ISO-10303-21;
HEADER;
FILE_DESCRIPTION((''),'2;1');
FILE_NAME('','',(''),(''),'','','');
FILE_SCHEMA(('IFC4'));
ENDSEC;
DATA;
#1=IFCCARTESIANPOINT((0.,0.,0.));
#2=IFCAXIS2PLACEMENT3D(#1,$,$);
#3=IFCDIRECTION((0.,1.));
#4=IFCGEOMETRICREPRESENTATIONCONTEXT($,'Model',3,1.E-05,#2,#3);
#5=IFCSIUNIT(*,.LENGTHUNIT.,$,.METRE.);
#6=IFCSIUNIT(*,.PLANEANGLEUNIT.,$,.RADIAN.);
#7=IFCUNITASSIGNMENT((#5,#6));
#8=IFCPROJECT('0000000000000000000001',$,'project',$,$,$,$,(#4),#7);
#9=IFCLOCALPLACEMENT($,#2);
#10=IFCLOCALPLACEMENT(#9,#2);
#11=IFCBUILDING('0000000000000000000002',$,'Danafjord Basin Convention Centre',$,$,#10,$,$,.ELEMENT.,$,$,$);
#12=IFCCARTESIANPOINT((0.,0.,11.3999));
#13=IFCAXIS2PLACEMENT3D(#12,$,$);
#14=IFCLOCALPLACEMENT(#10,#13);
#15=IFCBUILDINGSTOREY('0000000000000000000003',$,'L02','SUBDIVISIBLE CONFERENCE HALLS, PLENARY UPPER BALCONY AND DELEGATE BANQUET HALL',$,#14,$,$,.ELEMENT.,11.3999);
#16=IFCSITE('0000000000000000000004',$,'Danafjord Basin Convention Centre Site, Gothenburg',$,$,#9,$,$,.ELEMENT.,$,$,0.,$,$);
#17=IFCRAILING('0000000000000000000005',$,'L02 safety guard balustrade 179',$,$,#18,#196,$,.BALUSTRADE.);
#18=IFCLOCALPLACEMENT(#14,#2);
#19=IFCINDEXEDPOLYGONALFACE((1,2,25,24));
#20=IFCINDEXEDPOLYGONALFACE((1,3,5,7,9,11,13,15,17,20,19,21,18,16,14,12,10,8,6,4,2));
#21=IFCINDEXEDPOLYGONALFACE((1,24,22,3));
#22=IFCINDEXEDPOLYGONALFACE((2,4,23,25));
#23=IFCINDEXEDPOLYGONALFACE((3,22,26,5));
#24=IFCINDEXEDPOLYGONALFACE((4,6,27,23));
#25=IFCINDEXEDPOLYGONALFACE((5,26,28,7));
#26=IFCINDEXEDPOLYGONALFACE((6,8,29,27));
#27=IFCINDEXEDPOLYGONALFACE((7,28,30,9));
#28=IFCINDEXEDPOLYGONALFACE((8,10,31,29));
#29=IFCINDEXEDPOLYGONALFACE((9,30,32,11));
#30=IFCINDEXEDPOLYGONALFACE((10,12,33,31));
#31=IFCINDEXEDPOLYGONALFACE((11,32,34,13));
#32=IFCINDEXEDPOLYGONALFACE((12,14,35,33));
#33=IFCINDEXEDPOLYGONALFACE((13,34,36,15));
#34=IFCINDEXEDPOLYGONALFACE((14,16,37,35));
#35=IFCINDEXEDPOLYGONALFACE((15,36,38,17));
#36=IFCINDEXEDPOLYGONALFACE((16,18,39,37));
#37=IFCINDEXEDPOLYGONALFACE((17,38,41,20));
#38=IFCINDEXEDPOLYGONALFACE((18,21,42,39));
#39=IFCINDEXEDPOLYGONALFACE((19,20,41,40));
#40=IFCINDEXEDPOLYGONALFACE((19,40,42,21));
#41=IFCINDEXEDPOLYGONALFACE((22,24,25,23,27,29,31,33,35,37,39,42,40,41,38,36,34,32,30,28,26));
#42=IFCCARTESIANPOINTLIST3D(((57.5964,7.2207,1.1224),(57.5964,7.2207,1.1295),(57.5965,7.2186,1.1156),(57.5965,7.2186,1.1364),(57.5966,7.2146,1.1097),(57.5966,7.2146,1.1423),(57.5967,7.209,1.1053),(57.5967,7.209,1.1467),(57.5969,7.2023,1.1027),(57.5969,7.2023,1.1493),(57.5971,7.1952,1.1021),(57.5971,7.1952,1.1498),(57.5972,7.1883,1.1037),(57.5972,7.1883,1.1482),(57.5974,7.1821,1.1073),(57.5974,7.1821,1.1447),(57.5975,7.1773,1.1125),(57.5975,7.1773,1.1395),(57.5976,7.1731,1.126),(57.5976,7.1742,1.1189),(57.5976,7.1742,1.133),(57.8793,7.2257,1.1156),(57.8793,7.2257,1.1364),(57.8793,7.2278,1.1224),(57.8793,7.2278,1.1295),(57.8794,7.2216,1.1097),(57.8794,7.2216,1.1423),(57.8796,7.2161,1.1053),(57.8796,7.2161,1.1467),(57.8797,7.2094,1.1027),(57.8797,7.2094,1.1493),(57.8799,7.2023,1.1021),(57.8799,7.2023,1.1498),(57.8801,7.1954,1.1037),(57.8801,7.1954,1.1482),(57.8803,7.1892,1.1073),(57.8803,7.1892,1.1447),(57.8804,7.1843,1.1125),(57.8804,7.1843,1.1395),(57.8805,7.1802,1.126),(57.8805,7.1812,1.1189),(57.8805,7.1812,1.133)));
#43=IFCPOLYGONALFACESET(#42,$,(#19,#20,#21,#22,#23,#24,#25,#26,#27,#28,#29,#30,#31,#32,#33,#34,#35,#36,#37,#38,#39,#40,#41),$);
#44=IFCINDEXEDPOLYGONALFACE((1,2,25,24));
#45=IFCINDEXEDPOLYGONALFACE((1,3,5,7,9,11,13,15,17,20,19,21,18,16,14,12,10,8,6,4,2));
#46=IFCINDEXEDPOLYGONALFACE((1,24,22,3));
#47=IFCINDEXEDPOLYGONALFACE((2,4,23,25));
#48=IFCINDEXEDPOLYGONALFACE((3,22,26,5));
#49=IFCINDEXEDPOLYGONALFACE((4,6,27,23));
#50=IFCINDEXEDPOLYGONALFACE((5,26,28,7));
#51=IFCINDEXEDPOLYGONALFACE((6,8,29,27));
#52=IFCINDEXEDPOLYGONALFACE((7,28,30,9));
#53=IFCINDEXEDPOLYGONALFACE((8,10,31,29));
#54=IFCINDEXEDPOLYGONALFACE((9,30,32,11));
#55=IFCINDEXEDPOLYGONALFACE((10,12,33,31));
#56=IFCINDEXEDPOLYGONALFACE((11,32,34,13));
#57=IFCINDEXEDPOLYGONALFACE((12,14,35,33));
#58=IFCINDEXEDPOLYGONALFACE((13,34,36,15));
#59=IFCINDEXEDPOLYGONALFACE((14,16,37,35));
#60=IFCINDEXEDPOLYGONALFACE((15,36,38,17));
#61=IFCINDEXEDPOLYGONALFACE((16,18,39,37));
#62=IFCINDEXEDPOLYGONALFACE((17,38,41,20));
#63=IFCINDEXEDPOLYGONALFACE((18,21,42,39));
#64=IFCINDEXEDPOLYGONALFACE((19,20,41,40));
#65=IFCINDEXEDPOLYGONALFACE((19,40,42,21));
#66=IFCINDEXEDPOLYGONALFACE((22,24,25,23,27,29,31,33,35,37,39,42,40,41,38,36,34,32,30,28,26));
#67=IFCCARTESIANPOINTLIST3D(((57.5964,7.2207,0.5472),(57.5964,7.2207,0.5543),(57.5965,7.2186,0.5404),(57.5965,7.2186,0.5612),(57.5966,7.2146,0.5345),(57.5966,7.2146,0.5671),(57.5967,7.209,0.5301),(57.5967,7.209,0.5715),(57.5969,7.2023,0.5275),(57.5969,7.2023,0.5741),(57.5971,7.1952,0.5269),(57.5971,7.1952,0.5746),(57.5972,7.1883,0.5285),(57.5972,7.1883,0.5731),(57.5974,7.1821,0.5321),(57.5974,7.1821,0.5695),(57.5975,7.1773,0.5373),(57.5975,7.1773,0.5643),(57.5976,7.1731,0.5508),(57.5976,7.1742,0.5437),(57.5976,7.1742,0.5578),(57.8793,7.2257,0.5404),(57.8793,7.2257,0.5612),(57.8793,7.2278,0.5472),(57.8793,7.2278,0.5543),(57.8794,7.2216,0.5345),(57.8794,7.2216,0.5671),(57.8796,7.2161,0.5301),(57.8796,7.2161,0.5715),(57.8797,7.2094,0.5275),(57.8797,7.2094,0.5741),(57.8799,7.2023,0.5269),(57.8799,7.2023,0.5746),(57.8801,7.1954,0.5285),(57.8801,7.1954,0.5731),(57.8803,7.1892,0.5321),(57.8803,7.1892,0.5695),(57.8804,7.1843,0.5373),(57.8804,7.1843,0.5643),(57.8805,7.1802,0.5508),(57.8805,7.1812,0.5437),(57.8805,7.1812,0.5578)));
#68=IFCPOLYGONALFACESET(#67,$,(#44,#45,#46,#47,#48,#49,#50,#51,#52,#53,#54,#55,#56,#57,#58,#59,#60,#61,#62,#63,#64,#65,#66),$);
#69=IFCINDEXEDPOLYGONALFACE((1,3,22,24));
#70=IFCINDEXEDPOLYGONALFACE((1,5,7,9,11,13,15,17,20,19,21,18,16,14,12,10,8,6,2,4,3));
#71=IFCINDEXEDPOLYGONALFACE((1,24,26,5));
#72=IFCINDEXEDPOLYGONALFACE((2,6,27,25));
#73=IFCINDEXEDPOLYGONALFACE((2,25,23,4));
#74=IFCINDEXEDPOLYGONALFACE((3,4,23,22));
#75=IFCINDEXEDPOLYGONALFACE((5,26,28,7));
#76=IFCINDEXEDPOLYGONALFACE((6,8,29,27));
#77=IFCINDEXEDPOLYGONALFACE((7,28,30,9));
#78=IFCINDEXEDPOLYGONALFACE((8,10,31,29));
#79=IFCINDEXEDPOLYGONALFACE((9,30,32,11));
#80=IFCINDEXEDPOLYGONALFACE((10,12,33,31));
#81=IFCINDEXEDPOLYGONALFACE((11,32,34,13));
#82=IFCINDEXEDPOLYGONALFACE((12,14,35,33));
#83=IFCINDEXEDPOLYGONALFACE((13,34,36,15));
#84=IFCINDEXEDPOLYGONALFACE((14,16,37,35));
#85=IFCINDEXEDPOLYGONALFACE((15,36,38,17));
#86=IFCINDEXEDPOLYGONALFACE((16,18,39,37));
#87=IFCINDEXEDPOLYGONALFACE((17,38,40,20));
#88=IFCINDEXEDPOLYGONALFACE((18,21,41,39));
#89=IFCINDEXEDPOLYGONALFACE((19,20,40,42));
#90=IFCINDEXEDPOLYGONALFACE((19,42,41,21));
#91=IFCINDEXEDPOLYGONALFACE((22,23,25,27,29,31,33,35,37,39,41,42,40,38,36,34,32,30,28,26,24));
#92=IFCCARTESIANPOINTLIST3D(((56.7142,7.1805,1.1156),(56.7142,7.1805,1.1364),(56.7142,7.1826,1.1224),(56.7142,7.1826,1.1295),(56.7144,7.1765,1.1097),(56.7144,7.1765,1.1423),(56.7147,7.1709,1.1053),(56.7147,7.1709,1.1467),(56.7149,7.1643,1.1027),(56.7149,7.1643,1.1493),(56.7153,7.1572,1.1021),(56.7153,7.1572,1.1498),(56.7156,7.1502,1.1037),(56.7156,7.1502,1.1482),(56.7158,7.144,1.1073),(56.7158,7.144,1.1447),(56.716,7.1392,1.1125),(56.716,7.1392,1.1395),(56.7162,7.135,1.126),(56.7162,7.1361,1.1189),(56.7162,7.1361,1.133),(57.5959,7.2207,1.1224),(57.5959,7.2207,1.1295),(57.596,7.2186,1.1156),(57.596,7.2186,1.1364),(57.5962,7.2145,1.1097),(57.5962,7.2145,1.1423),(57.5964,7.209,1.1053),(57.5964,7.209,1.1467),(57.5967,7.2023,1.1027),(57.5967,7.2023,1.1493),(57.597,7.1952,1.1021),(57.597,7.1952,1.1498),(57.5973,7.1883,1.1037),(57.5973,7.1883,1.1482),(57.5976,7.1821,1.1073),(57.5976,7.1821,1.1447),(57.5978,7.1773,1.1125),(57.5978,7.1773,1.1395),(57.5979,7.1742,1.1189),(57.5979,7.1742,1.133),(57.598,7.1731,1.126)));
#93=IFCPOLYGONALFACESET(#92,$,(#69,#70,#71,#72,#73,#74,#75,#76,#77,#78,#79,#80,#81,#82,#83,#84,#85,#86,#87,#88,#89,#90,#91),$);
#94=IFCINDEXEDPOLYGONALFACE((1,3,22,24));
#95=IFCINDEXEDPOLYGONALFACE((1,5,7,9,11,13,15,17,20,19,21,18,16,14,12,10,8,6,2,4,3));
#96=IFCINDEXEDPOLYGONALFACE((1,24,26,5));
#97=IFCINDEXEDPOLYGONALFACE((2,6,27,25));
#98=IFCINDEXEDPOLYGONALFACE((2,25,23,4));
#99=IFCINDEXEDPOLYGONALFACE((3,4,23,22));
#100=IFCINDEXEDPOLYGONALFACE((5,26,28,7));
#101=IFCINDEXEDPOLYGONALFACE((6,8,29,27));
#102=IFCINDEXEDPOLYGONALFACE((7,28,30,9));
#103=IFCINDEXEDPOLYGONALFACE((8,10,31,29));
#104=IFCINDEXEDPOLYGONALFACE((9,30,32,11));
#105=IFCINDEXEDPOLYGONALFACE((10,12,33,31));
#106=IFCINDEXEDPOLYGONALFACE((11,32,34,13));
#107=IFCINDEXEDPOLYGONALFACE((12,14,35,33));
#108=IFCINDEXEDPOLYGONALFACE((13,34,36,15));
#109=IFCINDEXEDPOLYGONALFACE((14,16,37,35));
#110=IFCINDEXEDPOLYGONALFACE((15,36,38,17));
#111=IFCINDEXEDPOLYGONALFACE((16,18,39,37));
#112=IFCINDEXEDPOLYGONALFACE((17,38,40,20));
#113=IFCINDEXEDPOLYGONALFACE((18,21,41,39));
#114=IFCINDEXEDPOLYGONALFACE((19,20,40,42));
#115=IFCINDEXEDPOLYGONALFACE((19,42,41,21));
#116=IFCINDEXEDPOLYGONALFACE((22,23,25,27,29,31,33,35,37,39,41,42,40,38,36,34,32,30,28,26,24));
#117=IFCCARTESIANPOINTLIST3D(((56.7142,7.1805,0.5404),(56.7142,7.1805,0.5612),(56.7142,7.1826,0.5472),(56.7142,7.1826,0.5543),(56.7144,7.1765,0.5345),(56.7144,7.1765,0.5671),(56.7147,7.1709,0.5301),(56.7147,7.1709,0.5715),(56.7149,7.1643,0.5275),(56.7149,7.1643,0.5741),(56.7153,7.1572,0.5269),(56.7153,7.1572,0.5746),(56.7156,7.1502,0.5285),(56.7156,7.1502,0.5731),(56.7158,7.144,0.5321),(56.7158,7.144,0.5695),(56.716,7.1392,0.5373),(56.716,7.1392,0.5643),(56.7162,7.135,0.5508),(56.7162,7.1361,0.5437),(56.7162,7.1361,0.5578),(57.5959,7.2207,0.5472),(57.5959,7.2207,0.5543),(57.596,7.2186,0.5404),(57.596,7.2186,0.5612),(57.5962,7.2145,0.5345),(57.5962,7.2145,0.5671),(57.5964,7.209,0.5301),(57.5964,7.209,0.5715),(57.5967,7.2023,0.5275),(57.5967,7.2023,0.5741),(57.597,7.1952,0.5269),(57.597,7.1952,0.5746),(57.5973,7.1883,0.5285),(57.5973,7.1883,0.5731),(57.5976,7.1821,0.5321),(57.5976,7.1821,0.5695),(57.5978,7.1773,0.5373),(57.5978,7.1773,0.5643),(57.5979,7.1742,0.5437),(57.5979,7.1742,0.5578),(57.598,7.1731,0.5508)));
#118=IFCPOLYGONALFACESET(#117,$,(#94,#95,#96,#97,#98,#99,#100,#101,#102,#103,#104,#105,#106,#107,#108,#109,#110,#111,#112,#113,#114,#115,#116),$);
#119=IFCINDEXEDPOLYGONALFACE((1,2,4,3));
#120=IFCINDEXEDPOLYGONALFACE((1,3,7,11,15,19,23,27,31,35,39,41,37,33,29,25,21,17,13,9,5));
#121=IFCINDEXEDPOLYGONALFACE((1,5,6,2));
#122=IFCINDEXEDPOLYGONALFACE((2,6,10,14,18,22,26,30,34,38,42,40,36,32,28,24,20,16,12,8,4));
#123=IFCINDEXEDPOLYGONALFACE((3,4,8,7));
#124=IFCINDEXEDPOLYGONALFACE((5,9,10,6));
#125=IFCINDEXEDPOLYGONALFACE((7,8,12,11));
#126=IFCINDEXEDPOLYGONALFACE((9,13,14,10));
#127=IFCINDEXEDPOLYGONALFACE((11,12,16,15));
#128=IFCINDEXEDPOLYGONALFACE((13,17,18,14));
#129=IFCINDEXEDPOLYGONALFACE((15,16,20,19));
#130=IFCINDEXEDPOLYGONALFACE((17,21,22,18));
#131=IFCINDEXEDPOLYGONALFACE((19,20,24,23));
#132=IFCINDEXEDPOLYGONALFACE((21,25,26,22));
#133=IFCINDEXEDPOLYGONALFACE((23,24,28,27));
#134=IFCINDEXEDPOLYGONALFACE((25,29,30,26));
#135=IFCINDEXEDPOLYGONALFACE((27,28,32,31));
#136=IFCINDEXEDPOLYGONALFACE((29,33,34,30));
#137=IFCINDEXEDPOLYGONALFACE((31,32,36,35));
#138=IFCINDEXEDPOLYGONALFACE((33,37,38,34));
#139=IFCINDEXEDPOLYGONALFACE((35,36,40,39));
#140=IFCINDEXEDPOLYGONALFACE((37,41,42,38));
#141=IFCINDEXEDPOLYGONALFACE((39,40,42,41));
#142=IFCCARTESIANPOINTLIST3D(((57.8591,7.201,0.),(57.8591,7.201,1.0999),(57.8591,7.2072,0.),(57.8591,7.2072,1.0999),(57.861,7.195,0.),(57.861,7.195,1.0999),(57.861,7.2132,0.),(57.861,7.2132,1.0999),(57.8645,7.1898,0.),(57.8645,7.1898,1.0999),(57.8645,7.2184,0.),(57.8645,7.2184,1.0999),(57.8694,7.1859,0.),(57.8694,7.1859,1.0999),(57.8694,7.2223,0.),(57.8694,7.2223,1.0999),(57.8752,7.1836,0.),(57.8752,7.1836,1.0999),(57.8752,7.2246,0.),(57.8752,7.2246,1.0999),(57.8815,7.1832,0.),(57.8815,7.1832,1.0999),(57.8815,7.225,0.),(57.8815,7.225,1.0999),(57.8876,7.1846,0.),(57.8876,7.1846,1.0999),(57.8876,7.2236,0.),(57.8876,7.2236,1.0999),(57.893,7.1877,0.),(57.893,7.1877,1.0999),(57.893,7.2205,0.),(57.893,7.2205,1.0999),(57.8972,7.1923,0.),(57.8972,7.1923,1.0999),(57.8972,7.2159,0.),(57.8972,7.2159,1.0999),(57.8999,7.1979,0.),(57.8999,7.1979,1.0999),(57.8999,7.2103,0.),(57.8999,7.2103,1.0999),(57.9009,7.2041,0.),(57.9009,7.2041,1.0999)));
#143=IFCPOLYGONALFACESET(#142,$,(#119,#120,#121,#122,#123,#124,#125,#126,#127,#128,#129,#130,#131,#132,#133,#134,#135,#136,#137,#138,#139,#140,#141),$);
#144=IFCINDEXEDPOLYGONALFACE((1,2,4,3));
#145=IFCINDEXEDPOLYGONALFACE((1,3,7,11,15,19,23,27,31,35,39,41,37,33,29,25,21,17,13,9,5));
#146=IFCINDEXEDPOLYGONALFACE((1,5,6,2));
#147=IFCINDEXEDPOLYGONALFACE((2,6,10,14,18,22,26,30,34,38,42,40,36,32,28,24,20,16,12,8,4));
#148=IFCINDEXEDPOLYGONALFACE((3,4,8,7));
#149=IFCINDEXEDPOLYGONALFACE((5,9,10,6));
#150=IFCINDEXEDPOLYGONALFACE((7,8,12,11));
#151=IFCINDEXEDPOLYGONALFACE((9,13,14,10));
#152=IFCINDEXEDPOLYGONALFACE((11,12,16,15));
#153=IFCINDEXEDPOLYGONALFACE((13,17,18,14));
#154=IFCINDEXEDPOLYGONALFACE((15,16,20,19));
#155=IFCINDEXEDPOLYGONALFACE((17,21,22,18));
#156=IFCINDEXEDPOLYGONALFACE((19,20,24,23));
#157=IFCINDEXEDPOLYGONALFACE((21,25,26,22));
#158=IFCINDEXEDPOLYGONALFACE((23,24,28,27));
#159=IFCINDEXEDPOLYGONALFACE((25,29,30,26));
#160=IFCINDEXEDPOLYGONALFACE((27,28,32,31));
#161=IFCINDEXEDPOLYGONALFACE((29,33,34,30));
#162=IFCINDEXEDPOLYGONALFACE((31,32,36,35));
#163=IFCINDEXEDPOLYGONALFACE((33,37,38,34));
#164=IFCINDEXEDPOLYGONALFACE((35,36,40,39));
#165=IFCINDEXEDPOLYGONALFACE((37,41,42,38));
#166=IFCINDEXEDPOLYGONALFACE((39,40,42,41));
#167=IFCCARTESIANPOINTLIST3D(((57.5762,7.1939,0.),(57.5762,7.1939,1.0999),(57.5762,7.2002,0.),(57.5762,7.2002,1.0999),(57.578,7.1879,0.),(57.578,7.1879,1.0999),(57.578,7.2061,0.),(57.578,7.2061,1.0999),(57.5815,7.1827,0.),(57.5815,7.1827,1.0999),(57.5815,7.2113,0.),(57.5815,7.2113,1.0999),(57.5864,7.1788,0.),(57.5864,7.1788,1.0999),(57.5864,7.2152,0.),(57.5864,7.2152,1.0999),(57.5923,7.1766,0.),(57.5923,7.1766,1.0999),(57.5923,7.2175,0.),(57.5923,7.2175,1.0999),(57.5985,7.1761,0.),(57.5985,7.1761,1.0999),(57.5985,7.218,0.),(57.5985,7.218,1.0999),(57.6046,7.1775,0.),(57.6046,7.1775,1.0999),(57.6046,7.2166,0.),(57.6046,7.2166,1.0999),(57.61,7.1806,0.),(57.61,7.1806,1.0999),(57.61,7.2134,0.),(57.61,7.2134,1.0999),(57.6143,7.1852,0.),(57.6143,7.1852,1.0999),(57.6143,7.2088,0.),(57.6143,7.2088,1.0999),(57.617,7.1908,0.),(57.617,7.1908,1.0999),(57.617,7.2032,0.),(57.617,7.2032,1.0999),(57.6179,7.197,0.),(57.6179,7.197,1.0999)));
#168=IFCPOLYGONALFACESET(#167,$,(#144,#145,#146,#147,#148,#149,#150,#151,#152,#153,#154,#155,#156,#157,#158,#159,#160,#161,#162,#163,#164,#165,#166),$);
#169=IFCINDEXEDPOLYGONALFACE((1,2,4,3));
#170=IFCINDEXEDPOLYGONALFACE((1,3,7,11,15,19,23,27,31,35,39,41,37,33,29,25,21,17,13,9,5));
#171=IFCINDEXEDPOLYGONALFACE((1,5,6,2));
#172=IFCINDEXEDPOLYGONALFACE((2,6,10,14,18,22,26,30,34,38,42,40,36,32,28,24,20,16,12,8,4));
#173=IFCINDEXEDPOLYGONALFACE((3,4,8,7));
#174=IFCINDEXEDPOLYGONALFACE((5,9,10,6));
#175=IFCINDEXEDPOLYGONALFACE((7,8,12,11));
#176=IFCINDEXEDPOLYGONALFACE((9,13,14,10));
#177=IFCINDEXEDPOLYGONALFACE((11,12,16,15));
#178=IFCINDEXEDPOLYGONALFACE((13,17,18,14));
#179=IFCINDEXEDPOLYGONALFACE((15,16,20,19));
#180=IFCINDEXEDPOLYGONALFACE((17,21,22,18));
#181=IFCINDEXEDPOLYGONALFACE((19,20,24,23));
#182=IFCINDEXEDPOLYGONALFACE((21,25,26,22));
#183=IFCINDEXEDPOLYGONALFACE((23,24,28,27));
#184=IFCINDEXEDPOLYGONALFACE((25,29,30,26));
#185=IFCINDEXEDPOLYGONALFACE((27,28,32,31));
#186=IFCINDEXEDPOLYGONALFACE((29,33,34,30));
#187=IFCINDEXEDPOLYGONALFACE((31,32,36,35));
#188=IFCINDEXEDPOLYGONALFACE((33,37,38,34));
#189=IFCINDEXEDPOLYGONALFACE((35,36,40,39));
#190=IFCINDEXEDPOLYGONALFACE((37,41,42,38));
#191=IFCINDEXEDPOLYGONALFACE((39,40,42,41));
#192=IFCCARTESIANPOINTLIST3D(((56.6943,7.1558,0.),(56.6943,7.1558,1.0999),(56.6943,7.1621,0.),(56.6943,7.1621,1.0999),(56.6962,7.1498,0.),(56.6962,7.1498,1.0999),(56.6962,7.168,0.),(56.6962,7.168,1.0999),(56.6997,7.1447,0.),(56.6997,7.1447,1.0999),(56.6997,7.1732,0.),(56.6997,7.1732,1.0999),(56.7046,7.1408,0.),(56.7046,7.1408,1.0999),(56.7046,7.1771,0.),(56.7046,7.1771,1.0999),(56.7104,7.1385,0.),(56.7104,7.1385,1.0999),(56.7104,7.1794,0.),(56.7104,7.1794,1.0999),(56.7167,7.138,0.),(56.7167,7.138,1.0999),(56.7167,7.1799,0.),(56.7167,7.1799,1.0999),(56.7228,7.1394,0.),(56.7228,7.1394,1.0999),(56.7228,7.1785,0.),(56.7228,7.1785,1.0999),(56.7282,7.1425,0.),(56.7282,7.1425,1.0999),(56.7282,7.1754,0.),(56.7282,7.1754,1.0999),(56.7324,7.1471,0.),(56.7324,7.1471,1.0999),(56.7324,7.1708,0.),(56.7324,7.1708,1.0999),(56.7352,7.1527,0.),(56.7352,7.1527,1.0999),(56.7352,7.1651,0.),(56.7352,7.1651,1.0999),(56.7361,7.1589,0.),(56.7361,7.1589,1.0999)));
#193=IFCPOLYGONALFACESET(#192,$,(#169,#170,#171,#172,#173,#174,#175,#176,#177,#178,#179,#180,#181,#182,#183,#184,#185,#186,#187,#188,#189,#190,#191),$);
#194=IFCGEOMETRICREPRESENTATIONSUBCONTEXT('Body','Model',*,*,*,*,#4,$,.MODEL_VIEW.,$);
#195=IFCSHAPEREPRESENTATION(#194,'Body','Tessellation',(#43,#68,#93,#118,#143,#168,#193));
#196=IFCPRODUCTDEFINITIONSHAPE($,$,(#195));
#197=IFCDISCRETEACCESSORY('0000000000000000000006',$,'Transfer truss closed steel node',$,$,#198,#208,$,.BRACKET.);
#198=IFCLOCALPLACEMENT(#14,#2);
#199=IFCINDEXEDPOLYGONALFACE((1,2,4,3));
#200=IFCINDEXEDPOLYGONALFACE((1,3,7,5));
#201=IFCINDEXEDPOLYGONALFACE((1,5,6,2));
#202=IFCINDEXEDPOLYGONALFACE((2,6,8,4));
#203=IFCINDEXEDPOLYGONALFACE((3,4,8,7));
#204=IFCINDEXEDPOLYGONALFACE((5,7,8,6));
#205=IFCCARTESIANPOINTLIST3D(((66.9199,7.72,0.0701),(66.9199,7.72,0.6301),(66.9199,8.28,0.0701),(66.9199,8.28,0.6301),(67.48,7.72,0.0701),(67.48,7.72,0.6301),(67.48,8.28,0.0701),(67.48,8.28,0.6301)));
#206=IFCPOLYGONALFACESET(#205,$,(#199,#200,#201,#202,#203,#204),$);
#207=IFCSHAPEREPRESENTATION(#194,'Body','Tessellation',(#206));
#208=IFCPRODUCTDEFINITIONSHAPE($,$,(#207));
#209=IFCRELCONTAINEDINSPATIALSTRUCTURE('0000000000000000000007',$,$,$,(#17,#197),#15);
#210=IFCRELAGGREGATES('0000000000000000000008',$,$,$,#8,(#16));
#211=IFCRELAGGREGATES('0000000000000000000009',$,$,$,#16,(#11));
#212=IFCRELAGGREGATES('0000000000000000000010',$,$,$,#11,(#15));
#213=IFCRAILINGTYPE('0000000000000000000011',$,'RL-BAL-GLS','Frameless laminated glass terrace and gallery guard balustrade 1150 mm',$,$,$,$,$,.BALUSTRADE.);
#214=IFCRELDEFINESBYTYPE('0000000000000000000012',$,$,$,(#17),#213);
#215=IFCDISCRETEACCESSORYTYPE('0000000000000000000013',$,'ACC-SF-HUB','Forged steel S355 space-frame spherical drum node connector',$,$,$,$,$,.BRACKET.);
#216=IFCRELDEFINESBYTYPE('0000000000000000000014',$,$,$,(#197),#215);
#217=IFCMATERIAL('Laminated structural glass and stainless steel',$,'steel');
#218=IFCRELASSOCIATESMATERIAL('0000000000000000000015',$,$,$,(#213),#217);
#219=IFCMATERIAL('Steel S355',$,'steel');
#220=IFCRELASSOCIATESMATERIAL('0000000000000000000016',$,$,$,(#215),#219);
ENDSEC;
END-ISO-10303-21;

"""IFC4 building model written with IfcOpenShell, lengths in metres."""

from ifc_helpers import new_model, si_unit, direction, frame, origin, origin_2d, place, context, subcontext, project, spatial, rectangle, circle, extrude, material, type_object, element, save


model = new_model("IFC4")

# Units and contexts
model_context = context("Model", 3, precision=1e-05, world=origin(), true_north=direction((0.0, 1.0)))
body_context = subcontext(model_context, "Body", "Model", "MODEL_VIEW")
ifc_project = project(units=[si_unit("LENGTHUNIT", "METRE"), si_unit("PLANEANGLEUNIT", "RADIAN")], contexts=[model_context])

# Site, building, storey
site_placement = place(None, origin())
site = spatial("IfcSite", under=ifc_project, at=site_placement, Name="Danafjord Basin Convention Centre Site, Gothenburg", CompositionType="ELEMENT", RefElevation=0.0)
building_placement = place(site_placement, origin())
building = spatial("IfcBuilding", under=site, at=building_placement, Name="Danafjord Basin Convention Centre", CompositionType="ELEMENT")
storey_placement = place(building_placement, frame((0.0, 0.0, 11.3999)))
storey = spatial("IfcBuildingStorey", under=building, at=storey_placement, Name="L02", Description="SUBDIVISIBLE CONFERENCE HALLS, PLENARY UPPER BALCONY AND DELEGATE BANQUET HALL", CompositionType="ELEMENT", Elevation=11.3999)

# Shared definitions
ifc_material_1 = material(Name="Steel S355", Category="steel")

# Railing
ifc_material_2 = material(Name="Laminated structural glass and stainless steel", Category="steel")
railing_type = type_object("IfcRailingType", Name="RL-BAL-GLS", Description="Frameless laminated glass terrace and gallery guard balustrade 1150 mm", PredefinedType="BALUSTRADE", material=ifc_material_2)
railing_placement = place(storey_placement, frame((57.8799, 7.2041, 0.0)))
element("IfcRailing", 1, at=railing_placement, inside=storey, type_object=railing_type, Name="L02 safety guard balustrade 179", PredefinedType="BALUSTRADE", context=body_context, shape_type="SweptSolid", body=[
    extrude(circle(Radius=0.0239, at=origin_2d()), frame((0.0, 0.0, 1.126), z_axis=(-0.999687, -0.025014, 0.0), x_axis=(0.025014, -0.999687, 0.0)), (0.0, 0.0, 1.0), 0.283),
    extrude(circle(Radius=0.0239, at=origin_2d()), frame((0.0, 0.0, 0.5508), z_axis=(-0.999687, -0.025014, 0.0), x_axis=(0.025014, -0.999687, 0.0)), (0.0, 0.0, 1.0), 0.283),
    extrude(circle(Radius=0.0239, at=origin_2d()), frame((-0.283, -0.0071, 1.126), z_axis=(-0.999069, -0.043149, 0.0), x_axis=(0.043149, -0.999069, 0.0)), (0.0, 0.0, 1.0), 0.8826),
    extrude(circle(Radius=0.0239, at=origin_2d()), frame((-0.283, -0.0071, 0.5508), z_axis=(-0.999069, -0.043149, 0.0), x_axis=(0.043149, -0.999069, 0.0)), (0.0, 0.0, 1.0), 0.8826),
    extrude(circle(Radius=0.021, at=origin_2d()), origin(), (0.0, 0.0, 1.0), 1.0999),
    extrude(circle(Radius=0.021, at=origin_2d()), frame((-0.283, -0.0071, 0.0)), (0.0, 0.0, 1.0), 1.0999),
    extrude(circle(Radius=0.021, at=origin_2d()), frame((-1.1648, -0.0452, 0.0)), (0.0, 0.0, 1.0), 1.0999),
])

# Discrete accessory
discrete_accessory_type = type_object("IfcDiscreteAccessoryType", Name="ACC-SF-HUB", Description="Forged steel S355 space-frame spherical drum node connector", PredefinedType="BRACKET", material=ifc_material_1)
for number, where, z_axis, x_axis, name in (
    (2, (67.2, 8.0, 0.0701), (0.0, 0.0, 1.0), (1.0, 0.0, 0.0), "Transfer truss closed steel node"),
):
    element("IfcDiscreteAccessory", number, at=place(storey_placement, frame(where, z_axis=z_axis, x_axis=x_axis)), inside=storey, type_object=discrete_accessory_type, Name=name, PredefinedType="BRACKET", context=body_context, shape_type="SweptSolid", body=[
        extrude(rectangle(XDim=0.5601, YDim=0.5601, at=origin_2d()), origin(), (0.0, 0.0, 1.0), 0.5601),
    ])

save(model, "model.ifc")
